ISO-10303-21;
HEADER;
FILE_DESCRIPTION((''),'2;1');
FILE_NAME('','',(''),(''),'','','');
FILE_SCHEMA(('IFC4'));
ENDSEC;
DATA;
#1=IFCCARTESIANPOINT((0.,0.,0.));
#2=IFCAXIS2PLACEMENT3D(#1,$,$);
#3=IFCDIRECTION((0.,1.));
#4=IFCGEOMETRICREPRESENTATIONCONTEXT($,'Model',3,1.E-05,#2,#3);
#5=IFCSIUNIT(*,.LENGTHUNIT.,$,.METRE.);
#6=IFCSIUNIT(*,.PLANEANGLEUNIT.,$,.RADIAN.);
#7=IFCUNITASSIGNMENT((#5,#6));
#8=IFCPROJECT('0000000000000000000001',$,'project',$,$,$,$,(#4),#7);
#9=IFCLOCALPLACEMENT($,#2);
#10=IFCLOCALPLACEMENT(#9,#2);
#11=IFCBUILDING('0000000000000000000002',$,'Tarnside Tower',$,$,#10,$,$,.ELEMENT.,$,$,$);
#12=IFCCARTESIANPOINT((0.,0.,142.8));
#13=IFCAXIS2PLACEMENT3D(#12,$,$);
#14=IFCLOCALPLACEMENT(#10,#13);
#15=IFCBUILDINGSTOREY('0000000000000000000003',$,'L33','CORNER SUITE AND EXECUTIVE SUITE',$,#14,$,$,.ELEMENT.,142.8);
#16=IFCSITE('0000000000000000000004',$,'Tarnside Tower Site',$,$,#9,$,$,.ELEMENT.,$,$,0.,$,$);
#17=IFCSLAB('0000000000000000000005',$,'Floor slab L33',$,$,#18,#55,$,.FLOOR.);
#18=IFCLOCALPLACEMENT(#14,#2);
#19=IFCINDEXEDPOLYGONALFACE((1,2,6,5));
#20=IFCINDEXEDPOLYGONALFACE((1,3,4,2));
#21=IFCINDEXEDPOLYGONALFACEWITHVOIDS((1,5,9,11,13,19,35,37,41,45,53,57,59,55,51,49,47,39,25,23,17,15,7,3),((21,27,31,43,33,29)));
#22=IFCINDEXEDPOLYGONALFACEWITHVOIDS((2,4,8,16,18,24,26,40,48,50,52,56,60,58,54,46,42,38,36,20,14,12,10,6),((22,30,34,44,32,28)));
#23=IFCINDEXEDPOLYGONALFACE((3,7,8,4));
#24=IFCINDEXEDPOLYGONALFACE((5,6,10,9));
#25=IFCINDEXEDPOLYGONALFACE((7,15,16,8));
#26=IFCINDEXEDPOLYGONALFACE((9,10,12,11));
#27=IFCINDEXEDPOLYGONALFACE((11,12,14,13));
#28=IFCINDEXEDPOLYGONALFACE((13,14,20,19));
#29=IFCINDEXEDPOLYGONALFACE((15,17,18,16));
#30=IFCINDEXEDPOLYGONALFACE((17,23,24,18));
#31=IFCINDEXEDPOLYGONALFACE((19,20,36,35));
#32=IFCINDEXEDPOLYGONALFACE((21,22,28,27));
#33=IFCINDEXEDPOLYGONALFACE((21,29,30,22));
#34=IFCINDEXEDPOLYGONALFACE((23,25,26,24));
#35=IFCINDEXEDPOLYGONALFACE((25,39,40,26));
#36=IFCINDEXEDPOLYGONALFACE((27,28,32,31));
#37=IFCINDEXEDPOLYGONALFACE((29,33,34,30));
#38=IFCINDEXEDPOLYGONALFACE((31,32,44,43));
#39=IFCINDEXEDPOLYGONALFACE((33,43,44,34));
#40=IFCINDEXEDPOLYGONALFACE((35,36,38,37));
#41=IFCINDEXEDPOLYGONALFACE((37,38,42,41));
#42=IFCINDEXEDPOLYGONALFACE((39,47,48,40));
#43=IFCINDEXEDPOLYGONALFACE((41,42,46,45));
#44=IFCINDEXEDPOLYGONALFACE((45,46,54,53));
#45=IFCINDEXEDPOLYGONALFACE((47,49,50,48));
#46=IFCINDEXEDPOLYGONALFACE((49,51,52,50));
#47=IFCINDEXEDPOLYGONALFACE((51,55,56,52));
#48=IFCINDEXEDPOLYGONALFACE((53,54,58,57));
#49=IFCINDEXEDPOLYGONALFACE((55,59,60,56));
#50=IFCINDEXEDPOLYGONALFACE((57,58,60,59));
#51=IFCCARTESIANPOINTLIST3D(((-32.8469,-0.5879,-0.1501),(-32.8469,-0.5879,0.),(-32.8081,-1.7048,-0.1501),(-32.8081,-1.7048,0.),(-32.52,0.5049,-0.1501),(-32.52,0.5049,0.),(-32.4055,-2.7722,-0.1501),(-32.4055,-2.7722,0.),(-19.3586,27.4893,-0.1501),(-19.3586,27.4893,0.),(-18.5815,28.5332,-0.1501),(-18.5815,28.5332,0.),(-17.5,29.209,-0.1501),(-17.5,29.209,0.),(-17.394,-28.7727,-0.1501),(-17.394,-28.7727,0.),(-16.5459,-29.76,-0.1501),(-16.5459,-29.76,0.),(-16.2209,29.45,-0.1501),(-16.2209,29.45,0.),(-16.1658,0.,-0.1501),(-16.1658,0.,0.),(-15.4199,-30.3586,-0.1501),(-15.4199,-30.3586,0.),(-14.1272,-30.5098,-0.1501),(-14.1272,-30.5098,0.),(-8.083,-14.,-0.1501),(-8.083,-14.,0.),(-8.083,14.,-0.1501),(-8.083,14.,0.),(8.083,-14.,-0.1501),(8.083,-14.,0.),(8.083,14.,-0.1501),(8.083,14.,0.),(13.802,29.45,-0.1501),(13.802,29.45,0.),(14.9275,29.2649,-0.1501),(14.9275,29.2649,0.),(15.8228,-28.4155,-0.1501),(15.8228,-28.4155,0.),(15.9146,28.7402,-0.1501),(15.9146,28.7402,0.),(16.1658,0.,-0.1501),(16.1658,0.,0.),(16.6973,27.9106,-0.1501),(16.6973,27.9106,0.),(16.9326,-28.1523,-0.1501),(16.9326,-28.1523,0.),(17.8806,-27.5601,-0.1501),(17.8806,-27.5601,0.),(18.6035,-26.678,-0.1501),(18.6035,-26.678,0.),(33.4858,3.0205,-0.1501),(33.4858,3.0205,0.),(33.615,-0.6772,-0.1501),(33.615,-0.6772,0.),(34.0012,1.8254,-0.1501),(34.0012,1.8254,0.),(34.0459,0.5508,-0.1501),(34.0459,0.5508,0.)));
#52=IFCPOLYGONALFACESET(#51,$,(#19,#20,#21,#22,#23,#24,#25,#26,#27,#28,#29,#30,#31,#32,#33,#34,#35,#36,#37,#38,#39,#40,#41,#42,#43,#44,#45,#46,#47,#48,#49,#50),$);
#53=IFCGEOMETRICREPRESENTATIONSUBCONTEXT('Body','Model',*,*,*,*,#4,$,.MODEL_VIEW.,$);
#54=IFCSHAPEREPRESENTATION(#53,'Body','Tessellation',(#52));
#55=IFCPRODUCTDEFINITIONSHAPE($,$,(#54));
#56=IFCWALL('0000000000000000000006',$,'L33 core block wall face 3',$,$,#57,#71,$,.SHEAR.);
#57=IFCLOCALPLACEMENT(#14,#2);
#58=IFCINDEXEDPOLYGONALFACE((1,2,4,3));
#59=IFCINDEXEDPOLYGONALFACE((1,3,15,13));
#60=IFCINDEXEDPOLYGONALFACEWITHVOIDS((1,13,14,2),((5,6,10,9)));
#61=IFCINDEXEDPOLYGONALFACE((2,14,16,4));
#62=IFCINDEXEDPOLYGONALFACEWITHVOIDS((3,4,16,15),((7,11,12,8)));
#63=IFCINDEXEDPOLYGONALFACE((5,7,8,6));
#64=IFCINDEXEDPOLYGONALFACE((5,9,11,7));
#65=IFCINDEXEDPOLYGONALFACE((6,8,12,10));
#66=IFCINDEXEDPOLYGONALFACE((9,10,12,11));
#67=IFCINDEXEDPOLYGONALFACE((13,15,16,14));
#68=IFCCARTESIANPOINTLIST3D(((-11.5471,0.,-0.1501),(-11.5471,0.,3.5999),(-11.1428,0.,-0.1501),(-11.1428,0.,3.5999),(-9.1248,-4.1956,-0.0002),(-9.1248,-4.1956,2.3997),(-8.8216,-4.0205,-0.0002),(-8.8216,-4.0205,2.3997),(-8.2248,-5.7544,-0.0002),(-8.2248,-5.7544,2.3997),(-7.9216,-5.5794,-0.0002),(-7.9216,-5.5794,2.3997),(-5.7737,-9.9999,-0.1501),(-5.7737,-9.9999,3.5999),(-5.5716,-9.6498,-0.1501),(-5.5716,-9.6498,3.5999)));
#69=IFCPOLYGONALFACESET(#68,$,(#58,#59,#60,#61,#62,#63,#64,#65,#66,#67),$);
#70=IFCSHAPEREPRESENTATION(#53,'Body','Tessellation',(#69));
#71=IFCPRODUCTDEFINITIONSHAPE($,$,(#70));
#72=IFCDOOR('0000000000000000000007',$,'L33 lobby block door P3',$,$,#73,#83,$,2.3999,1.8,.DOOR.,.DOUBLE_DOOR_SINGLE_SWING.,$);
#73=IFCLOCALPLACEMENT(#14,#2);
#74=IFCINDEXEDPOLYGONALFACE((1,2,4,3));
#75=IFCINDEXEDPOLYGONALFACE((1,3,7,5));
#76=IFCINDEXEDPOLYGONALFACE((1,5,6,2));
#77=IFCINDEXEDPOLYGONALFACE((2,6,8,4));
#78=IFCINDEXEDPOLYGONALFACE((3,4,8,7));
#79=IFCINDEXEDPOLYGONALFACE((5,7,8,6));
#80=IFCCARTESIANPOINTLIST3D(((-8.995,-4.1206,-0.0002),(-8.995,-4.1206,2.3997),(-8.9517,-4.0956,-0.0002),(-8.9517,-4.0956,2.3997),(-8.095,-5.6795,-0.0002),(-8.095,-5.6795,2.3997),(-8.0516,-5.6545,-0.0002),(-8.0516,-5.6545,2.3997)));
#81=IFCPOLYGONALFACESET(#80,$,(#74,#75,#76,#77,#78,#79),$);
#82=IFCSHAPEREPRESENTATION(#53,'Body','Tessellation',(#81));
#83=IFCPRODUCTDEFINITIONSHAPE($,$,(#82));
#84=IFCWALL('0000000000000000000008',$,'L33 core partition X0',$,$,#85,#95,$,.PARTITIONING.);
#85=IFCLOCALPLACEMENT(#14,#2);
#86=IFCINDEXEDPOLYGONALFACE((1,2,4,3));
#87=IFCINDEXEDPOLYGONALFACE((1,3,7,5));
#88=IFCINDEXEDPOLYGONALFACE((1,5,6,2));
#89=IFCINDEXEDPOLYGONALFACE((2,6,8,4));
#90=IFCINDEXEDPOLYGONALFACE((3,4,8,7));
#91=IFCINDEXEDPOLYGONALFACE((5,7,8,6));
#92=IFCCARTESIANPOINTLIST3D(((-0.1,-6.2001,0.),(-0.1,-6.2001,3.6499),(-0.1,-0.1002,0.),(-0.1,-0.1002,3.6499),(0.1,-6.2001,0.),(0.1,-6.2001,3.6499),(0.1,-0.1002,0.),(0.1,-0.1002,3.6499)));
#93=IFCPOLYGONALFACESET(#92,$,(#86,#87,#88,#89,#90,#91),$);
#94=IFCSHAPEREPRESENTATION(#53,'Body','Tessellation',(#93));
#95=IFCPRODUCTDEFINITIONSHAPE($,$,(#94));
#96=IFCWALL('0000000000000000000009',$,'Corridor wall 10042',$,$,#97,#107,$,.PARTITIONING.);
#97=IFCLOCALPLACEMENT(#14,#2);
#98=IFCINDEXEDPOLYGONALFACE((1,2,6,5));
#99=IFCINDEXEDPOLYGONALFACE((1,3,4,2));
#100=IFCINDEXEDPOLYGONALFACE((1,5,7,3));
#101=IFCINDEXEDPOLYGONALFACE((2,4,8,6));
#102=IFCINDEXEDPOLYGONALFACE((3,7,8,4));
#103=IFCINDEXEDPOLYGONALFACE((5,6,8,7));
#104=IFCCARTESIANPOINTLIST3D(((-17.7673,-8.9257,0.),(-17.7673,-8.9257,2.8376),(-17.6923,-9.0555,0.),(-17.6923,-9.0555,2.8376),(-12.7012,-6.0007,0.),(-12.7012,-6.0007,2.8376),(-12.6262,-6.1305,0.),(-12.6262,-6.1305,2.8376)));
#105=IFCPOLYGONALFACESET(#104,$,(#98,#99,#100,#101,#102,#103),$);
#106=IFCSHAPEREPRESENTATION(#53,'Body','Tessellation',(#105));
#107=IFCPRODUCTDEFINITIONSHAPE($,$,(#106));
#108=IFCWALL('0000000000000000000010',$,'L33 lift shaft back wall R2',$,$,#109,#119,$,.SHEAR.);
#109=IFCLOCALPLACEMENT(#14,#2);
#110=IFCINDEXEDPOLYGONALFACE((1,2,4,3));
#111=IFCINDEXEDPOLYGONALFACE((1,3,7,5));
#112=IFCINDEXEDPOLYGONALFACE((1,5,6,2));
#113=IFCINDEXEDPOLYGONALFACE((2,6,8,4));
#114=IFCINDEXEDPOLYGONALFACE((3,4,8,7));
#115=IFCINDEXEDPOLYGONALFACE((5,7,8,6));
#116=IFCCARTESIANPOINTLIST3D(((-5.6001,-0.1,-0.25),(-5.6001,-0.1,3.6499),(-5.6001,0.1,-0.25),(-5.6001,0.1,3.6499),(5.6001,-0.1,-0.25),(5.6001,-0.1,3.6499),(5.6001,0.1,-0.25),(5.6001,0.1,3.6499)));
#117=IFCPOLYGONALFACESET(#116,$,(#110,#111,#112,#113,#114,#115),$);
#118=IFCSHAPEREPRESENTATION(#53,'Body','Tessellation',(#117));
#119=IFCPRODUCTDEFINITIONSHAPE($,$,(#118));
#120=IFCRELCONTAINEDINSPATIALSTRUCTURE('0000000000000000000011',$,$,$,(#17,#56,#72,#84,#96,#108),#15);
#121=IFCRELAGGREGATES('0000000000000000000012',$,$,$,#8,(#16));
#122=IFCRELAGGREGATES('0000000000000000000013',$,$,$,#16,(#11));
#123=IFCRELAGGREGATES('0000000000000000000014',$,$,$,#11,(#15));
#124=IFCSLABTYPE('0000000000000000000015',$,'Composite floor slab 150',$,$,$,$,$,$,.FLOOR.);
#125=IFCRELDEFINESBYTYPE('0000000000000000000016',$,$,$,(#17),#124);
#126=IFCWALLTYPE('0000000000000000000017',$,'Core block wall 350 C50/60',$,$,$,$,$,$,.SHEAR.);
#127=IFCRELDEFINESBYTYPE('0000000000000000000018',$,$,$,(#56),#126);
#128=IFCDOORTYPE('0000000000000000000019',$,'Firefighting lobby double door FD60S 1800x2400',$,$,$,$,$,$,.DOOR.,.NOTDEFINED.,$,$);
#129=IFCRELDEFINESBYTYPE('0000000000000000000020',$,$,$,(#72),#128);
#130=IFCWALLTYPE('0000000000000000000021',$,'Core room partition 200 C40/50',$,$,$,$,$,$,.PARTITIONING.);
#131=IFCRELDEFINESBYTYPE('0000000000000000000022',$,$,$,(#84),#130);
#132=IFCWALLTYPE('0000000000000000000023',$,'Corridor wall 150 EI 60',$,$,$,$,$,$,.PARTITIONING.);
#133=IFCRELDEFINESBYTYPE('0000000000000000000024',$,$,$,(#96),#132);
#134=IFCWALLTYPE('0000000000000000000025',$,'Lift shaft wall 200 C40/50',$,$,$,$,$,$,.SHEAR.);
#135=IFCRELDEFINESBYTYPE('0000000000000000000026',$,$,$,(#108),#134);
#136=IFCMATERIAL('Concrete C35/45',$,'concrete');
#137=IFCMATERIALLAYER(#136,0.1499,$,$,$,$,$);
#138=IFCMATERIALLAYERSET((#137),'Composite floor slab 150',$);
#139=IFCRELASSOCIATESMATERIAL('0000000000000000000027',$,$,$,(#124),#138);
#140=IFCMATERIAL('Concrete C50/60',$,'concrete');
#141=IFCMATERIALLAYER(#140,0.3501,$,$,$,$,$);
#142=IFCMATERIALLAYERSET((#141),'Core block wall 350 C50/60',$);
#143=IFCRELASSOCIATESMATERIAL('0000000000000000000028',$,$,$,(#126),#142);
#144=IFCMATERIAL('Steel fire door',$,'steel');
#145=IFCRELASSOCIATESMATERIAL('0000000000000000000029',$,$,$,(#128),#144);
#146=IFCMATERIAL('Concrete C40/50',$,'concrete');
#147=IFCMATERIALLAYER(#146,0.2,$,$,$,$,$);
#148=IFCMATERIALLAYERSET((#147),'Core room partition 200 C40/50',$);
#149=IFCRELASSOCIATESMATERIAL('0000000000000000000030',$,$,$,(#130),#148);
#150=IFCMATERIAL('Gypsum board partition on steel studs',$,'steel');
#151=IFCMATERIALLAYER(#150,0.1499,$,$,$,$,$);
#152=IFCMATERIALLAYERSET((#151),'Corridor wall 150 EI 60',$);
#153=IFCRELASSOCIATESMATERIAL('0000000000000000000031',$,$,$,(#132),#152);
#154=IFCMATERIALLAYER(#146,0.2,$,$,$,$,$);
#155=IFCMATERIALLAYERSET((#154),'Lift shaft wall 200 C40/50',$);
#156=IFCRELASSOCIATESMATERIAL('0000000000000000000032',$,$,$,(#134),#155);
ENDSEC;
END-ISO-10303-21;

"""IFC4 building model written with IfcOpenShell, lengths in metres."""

from ifc_helpers import new_model, si_unit, direction, frame, frame_2d, origin, place, context, subcontext, project, spatial, polyline, rectangle, outline, extrude, material, layer, layer_set, type_object, element, fill, save


model = new_model("IFC4")

# Units and contexts
model_context = context("Model", 3, precision=1e-05, world=origin(), true_north=direction((0.0, 1.0)))
body_context = subcontext(model_context, "Body", "Model", "MODEL_VIEW")
ifc_project = project(units=[si_unit("LENGTHUNIT", "METRE"), si_unit("PLANEANGLEUNIT", "RADIAN")], contexts=[model_context])

# Site, building, storey
site_placement = place(None, origin())
site = spatial("IfcSite", under=ifc_project, at=site_placement, Name="Tarnside Tower Site", CompositionType="ELEMENT", RefElevation=0.0)
building_placement = place(site_placement, origin())
building = spatial("IfcBuilding", under=site, at=building_placement, Name="Tarnside Tower", CompositionType="ELEMENT")
storey_placement = place(building_placement, frame((0.0, 0.0, 142.8)))
storey = spatial("IfcBuildingStorey", under=building, at=storey_placement, Name="L33", Description="CORNER SUITE AND EXECUTIVE SUITE", CompositionType="ELEMENT", Elevation=142.8)

# Slab
ifc_material_1 = material(Name="Concrete C35/45", Category="concrete")
ifc_layer_1 = layer(ifc_material_1, 0.1499)
ifc_layer_set_1 = layer_set([ifc_layer_1], Name="Composite floor slab 150")
slab_type = type_object("IfcSlabType", Name="Composite floor slab 150", PredefinedType="FLOOR", material=ifc_layer_set_1)
slab_placement = place(storey_placement, frame((0.0, 0.0, -0.1501)))
element("IfcSlab", 1, at=slab_placement, inside=storey, type_object=slab_type, Name="Floor slab L33", PredefinedType="FLOOR", context=body_context, shape_type="SweptSolid", body=[
    extrude(outline(polyline([(14.9275, 29.2649), (15.9146, 28.7402), (16.6973, 27.9106), (33.4858, 3.0205), (34.0012, 1.8254), (34.0459, 0.5508), (33.615, -0.6772), (18.6035, -26.678), (17.8806, -27.5601), (16.9326, -28.1523), (15.8228, -28.4155), (-14.1272, -30.5098), (-15.4199, -30.3586), (-16.5459, -29.76), (-17.394, -28.7727), (-32.4055, -2.7722), (-32.8081, -1.7048), (-32.8469, -0.5879), (-32.52, 0.5049), (-19.3586, 27.4893), (-18.5815, 28.5332), (-17.5, 29.209), (-16.2209, 29.45), (13.802, 29.45), (14.9275, 29.2649)]), holes=[polyline([(-16.1658, 0.0), (-8.083, -14.0), (8.083, -14.0), (16.1658, 0.0), (8.083, 14.0), (-8.083, 14.0), (-16.1658, 0.0)])]), origin(), (0.0, 0.0, 1.0), 0.1501),
])

# Wall, opening, door
ifc_material_2 = material(Name="Concrete C50/60", Category="concrete")
ifc_layer_2 = layer(ifc_material_2, 0.3501)
ifc_layer_set_2 = layer_set([ifc_layer_2], Name="Core block wall 350 C50/60")
wall_type_1 = type_object("IfcWallType", Name="Core block wall 350 C50/60", PredefinedType="SHEAR", material=ifc_layer_set_2)
wall_1_placement = place(storey_placement, frame((-11.345, 0.0, -0.1501), z_axis=(0.0, 0.0, 1.0), x_axis=(0.499995, -0.866028, 0.0)))
wall_1 = element("IfcWall", 2, at=wall_1_placement, inside=storey, type_object=wall_type_1, Name="L33 core block wall face 3", PredefinedType="SHEAR", context=body_context, shape_type="SweptSolid", body=[
    extrude(outline(polyline([(-0.1011, -0.175), (11.4458, -0.175), (11.2437, 0.175), (0.1011, 0.175), (-0.1011, -0.175)])), origin(), (0.0, 0.0, 1.0), 3.75),
])
opening_1_placement = place(wall_1_placement, frame((4.7437, 0.0, 0.1499)))
opening_1 = element("IfcOpeningElement", 3, at=opening_1_placement, cuts=wall_1, PredefinedType="OPENING", context=body_context, shape_type="SweptSolid", body=[
    extrude(rectangle(XDim=1.8, YDim=2.3999, at=frame_2d((0.8999, 1.2))), frame((0.0, 0.1851, 0.0), z_axis=(0.0, -1.0, 0.0), x_axis=(1.0, 0.0, 0.0)), (0.0, 0.0, 1.0), 0.3701),
])
ifc_material_3 = material(Name="Steel fire door", Category="steel")
door_type_1 = type_object("IfcDoorType", Name="Firefighting lobby double door FD60S 1800x2400", OperationType="NOTDEFINED", PredefinedType="DOOR", material=ifc_material_3)
door_1_placement = place(opening_1_placement, origin())
door_1 = element("IfcDoor", 4, at=door_1_placement, inside=storey, type_object=door_type_1, Name="L33 lobby block door P3", OperationType="DOUBLE_DOOR_SINGLE_SWING", OverallHeight=2.3999, OverallWidth=1.8, PredefinedType="DOOR", context=body_context, shape_type="SweptSolid", body=[
    extrude(rectangle(XDim=1.8, YDim=2.3999, at=frame_2d((0.8999, 1.2))), frame((0.0, 0.0249, 0.0), z_axis=(0.0, -1.0, 0.0), x_axis=(1.0, 0.0, 0.0)), (0.0, 0.0, 1.0), 0.05),
])
fill(opening_1, door_1)

# Walls
ifc_material_4 = material(Name="Concrete C40/50", Category="concrete")
ifc_layer_3 = layer(ifc_material_4, 0.2)
ifc_layer_set_3 = layer_set([ifc_layer_3], Name="Core room partition 200 C40/50")
wall_type_2 = type_object("IfcWallType", Name="Core room partition 200 C40/50", PredefinedType="PARTITIONING", material=ifc_layer_set_3)
wall_2_placement = place(storey_placement, frame((0.0, -6.2, 0.0), z_axis=(0.0, 0.0, 1.0), x_axis=(0.0, 1.0, 0.0)))
element("IfcWall", 5, at=wall_2_placement, inside=storey, type_object=wall_type_2, Name="L33 core partition X0", PredefinedType="PARTITIONING", context=body_context, shape_type="SweptSolid", body=[
    extrude(rectangle(XDim=6.0999, YDim=0.2, at=frame_2d((3.0498, 0.0))), origin(), (0.0, 0.0, 1.0), 3.6499),
])
ifc_material_5 = material(Name="Gypsum board partition on steel studs", Category="steel")
ifc_layer_4 = layer(ifc_material_5, 0.1499)
ifc_layer_set_4 = layer_set([ifc_layer_4], Name="Corridor wall 150 EI 60")
wall_type_3 = type_object("IfcWallType", Name="Corridor wall 150 EI 60", PredefinedType="PARTITIONING", material=ifc_layer_set_4)
wall_3_placement = place(storey_placement, frame((-12.6638, -6.0657, 0.0), z_axis=(0.0, 0.0, 1.0), x_axis=(-0.866018, -0.500013, 0.0)))
element("IfcWall", 6, at=wall_3_placement, inside=storey, type_object=wall_type_3, Name="Corridor wall 10042", PredefinedType="PARTITIONING", context=body_context, shape_type="SweptSolid", body=[
    extrude(rectangle(XDim=5.8499, YDim=0.1499, at=frame_2d((2.9248, 0.0))), origin(), (0.0, 0.0, 1.0), 2.8376),
])
ifc_layer_5 = layer(ifc_material_4, 0.2)
ifc_layer_set_5 = layer_set([ifc_layer_5], Name="Lift shaft wall 200 C40/50")
wall_type_4 = type_object("IfcWallType", Name="Lift shaft wall 200 C40/50", PredefinedType="SHEAR", material=ifc_layer_set_5)
wall_4_placement = place(storey_placement, frame((-5.6001, 0.0, -0.25), z_axis=(0.0, 0.0, 1.0), x_axis=(1.0, 0.0, 0.0)))
element("IfcWall", 7, at=wall_4_placement, inside=storey, type_object=wall_type_4, Name="L33 lift shaft back wall R2", PredefinedType="SHEAR", context=body_context, shape_type="SweptSolid", body=[
    extrude(rectangle(XDim=11.2002, YDim=0.2, at=frame_2d((5.6001, 0.0))), origin(), (0.0, 0.0, 1.0), 3.8999),
])

save(model, "model.ifc")
